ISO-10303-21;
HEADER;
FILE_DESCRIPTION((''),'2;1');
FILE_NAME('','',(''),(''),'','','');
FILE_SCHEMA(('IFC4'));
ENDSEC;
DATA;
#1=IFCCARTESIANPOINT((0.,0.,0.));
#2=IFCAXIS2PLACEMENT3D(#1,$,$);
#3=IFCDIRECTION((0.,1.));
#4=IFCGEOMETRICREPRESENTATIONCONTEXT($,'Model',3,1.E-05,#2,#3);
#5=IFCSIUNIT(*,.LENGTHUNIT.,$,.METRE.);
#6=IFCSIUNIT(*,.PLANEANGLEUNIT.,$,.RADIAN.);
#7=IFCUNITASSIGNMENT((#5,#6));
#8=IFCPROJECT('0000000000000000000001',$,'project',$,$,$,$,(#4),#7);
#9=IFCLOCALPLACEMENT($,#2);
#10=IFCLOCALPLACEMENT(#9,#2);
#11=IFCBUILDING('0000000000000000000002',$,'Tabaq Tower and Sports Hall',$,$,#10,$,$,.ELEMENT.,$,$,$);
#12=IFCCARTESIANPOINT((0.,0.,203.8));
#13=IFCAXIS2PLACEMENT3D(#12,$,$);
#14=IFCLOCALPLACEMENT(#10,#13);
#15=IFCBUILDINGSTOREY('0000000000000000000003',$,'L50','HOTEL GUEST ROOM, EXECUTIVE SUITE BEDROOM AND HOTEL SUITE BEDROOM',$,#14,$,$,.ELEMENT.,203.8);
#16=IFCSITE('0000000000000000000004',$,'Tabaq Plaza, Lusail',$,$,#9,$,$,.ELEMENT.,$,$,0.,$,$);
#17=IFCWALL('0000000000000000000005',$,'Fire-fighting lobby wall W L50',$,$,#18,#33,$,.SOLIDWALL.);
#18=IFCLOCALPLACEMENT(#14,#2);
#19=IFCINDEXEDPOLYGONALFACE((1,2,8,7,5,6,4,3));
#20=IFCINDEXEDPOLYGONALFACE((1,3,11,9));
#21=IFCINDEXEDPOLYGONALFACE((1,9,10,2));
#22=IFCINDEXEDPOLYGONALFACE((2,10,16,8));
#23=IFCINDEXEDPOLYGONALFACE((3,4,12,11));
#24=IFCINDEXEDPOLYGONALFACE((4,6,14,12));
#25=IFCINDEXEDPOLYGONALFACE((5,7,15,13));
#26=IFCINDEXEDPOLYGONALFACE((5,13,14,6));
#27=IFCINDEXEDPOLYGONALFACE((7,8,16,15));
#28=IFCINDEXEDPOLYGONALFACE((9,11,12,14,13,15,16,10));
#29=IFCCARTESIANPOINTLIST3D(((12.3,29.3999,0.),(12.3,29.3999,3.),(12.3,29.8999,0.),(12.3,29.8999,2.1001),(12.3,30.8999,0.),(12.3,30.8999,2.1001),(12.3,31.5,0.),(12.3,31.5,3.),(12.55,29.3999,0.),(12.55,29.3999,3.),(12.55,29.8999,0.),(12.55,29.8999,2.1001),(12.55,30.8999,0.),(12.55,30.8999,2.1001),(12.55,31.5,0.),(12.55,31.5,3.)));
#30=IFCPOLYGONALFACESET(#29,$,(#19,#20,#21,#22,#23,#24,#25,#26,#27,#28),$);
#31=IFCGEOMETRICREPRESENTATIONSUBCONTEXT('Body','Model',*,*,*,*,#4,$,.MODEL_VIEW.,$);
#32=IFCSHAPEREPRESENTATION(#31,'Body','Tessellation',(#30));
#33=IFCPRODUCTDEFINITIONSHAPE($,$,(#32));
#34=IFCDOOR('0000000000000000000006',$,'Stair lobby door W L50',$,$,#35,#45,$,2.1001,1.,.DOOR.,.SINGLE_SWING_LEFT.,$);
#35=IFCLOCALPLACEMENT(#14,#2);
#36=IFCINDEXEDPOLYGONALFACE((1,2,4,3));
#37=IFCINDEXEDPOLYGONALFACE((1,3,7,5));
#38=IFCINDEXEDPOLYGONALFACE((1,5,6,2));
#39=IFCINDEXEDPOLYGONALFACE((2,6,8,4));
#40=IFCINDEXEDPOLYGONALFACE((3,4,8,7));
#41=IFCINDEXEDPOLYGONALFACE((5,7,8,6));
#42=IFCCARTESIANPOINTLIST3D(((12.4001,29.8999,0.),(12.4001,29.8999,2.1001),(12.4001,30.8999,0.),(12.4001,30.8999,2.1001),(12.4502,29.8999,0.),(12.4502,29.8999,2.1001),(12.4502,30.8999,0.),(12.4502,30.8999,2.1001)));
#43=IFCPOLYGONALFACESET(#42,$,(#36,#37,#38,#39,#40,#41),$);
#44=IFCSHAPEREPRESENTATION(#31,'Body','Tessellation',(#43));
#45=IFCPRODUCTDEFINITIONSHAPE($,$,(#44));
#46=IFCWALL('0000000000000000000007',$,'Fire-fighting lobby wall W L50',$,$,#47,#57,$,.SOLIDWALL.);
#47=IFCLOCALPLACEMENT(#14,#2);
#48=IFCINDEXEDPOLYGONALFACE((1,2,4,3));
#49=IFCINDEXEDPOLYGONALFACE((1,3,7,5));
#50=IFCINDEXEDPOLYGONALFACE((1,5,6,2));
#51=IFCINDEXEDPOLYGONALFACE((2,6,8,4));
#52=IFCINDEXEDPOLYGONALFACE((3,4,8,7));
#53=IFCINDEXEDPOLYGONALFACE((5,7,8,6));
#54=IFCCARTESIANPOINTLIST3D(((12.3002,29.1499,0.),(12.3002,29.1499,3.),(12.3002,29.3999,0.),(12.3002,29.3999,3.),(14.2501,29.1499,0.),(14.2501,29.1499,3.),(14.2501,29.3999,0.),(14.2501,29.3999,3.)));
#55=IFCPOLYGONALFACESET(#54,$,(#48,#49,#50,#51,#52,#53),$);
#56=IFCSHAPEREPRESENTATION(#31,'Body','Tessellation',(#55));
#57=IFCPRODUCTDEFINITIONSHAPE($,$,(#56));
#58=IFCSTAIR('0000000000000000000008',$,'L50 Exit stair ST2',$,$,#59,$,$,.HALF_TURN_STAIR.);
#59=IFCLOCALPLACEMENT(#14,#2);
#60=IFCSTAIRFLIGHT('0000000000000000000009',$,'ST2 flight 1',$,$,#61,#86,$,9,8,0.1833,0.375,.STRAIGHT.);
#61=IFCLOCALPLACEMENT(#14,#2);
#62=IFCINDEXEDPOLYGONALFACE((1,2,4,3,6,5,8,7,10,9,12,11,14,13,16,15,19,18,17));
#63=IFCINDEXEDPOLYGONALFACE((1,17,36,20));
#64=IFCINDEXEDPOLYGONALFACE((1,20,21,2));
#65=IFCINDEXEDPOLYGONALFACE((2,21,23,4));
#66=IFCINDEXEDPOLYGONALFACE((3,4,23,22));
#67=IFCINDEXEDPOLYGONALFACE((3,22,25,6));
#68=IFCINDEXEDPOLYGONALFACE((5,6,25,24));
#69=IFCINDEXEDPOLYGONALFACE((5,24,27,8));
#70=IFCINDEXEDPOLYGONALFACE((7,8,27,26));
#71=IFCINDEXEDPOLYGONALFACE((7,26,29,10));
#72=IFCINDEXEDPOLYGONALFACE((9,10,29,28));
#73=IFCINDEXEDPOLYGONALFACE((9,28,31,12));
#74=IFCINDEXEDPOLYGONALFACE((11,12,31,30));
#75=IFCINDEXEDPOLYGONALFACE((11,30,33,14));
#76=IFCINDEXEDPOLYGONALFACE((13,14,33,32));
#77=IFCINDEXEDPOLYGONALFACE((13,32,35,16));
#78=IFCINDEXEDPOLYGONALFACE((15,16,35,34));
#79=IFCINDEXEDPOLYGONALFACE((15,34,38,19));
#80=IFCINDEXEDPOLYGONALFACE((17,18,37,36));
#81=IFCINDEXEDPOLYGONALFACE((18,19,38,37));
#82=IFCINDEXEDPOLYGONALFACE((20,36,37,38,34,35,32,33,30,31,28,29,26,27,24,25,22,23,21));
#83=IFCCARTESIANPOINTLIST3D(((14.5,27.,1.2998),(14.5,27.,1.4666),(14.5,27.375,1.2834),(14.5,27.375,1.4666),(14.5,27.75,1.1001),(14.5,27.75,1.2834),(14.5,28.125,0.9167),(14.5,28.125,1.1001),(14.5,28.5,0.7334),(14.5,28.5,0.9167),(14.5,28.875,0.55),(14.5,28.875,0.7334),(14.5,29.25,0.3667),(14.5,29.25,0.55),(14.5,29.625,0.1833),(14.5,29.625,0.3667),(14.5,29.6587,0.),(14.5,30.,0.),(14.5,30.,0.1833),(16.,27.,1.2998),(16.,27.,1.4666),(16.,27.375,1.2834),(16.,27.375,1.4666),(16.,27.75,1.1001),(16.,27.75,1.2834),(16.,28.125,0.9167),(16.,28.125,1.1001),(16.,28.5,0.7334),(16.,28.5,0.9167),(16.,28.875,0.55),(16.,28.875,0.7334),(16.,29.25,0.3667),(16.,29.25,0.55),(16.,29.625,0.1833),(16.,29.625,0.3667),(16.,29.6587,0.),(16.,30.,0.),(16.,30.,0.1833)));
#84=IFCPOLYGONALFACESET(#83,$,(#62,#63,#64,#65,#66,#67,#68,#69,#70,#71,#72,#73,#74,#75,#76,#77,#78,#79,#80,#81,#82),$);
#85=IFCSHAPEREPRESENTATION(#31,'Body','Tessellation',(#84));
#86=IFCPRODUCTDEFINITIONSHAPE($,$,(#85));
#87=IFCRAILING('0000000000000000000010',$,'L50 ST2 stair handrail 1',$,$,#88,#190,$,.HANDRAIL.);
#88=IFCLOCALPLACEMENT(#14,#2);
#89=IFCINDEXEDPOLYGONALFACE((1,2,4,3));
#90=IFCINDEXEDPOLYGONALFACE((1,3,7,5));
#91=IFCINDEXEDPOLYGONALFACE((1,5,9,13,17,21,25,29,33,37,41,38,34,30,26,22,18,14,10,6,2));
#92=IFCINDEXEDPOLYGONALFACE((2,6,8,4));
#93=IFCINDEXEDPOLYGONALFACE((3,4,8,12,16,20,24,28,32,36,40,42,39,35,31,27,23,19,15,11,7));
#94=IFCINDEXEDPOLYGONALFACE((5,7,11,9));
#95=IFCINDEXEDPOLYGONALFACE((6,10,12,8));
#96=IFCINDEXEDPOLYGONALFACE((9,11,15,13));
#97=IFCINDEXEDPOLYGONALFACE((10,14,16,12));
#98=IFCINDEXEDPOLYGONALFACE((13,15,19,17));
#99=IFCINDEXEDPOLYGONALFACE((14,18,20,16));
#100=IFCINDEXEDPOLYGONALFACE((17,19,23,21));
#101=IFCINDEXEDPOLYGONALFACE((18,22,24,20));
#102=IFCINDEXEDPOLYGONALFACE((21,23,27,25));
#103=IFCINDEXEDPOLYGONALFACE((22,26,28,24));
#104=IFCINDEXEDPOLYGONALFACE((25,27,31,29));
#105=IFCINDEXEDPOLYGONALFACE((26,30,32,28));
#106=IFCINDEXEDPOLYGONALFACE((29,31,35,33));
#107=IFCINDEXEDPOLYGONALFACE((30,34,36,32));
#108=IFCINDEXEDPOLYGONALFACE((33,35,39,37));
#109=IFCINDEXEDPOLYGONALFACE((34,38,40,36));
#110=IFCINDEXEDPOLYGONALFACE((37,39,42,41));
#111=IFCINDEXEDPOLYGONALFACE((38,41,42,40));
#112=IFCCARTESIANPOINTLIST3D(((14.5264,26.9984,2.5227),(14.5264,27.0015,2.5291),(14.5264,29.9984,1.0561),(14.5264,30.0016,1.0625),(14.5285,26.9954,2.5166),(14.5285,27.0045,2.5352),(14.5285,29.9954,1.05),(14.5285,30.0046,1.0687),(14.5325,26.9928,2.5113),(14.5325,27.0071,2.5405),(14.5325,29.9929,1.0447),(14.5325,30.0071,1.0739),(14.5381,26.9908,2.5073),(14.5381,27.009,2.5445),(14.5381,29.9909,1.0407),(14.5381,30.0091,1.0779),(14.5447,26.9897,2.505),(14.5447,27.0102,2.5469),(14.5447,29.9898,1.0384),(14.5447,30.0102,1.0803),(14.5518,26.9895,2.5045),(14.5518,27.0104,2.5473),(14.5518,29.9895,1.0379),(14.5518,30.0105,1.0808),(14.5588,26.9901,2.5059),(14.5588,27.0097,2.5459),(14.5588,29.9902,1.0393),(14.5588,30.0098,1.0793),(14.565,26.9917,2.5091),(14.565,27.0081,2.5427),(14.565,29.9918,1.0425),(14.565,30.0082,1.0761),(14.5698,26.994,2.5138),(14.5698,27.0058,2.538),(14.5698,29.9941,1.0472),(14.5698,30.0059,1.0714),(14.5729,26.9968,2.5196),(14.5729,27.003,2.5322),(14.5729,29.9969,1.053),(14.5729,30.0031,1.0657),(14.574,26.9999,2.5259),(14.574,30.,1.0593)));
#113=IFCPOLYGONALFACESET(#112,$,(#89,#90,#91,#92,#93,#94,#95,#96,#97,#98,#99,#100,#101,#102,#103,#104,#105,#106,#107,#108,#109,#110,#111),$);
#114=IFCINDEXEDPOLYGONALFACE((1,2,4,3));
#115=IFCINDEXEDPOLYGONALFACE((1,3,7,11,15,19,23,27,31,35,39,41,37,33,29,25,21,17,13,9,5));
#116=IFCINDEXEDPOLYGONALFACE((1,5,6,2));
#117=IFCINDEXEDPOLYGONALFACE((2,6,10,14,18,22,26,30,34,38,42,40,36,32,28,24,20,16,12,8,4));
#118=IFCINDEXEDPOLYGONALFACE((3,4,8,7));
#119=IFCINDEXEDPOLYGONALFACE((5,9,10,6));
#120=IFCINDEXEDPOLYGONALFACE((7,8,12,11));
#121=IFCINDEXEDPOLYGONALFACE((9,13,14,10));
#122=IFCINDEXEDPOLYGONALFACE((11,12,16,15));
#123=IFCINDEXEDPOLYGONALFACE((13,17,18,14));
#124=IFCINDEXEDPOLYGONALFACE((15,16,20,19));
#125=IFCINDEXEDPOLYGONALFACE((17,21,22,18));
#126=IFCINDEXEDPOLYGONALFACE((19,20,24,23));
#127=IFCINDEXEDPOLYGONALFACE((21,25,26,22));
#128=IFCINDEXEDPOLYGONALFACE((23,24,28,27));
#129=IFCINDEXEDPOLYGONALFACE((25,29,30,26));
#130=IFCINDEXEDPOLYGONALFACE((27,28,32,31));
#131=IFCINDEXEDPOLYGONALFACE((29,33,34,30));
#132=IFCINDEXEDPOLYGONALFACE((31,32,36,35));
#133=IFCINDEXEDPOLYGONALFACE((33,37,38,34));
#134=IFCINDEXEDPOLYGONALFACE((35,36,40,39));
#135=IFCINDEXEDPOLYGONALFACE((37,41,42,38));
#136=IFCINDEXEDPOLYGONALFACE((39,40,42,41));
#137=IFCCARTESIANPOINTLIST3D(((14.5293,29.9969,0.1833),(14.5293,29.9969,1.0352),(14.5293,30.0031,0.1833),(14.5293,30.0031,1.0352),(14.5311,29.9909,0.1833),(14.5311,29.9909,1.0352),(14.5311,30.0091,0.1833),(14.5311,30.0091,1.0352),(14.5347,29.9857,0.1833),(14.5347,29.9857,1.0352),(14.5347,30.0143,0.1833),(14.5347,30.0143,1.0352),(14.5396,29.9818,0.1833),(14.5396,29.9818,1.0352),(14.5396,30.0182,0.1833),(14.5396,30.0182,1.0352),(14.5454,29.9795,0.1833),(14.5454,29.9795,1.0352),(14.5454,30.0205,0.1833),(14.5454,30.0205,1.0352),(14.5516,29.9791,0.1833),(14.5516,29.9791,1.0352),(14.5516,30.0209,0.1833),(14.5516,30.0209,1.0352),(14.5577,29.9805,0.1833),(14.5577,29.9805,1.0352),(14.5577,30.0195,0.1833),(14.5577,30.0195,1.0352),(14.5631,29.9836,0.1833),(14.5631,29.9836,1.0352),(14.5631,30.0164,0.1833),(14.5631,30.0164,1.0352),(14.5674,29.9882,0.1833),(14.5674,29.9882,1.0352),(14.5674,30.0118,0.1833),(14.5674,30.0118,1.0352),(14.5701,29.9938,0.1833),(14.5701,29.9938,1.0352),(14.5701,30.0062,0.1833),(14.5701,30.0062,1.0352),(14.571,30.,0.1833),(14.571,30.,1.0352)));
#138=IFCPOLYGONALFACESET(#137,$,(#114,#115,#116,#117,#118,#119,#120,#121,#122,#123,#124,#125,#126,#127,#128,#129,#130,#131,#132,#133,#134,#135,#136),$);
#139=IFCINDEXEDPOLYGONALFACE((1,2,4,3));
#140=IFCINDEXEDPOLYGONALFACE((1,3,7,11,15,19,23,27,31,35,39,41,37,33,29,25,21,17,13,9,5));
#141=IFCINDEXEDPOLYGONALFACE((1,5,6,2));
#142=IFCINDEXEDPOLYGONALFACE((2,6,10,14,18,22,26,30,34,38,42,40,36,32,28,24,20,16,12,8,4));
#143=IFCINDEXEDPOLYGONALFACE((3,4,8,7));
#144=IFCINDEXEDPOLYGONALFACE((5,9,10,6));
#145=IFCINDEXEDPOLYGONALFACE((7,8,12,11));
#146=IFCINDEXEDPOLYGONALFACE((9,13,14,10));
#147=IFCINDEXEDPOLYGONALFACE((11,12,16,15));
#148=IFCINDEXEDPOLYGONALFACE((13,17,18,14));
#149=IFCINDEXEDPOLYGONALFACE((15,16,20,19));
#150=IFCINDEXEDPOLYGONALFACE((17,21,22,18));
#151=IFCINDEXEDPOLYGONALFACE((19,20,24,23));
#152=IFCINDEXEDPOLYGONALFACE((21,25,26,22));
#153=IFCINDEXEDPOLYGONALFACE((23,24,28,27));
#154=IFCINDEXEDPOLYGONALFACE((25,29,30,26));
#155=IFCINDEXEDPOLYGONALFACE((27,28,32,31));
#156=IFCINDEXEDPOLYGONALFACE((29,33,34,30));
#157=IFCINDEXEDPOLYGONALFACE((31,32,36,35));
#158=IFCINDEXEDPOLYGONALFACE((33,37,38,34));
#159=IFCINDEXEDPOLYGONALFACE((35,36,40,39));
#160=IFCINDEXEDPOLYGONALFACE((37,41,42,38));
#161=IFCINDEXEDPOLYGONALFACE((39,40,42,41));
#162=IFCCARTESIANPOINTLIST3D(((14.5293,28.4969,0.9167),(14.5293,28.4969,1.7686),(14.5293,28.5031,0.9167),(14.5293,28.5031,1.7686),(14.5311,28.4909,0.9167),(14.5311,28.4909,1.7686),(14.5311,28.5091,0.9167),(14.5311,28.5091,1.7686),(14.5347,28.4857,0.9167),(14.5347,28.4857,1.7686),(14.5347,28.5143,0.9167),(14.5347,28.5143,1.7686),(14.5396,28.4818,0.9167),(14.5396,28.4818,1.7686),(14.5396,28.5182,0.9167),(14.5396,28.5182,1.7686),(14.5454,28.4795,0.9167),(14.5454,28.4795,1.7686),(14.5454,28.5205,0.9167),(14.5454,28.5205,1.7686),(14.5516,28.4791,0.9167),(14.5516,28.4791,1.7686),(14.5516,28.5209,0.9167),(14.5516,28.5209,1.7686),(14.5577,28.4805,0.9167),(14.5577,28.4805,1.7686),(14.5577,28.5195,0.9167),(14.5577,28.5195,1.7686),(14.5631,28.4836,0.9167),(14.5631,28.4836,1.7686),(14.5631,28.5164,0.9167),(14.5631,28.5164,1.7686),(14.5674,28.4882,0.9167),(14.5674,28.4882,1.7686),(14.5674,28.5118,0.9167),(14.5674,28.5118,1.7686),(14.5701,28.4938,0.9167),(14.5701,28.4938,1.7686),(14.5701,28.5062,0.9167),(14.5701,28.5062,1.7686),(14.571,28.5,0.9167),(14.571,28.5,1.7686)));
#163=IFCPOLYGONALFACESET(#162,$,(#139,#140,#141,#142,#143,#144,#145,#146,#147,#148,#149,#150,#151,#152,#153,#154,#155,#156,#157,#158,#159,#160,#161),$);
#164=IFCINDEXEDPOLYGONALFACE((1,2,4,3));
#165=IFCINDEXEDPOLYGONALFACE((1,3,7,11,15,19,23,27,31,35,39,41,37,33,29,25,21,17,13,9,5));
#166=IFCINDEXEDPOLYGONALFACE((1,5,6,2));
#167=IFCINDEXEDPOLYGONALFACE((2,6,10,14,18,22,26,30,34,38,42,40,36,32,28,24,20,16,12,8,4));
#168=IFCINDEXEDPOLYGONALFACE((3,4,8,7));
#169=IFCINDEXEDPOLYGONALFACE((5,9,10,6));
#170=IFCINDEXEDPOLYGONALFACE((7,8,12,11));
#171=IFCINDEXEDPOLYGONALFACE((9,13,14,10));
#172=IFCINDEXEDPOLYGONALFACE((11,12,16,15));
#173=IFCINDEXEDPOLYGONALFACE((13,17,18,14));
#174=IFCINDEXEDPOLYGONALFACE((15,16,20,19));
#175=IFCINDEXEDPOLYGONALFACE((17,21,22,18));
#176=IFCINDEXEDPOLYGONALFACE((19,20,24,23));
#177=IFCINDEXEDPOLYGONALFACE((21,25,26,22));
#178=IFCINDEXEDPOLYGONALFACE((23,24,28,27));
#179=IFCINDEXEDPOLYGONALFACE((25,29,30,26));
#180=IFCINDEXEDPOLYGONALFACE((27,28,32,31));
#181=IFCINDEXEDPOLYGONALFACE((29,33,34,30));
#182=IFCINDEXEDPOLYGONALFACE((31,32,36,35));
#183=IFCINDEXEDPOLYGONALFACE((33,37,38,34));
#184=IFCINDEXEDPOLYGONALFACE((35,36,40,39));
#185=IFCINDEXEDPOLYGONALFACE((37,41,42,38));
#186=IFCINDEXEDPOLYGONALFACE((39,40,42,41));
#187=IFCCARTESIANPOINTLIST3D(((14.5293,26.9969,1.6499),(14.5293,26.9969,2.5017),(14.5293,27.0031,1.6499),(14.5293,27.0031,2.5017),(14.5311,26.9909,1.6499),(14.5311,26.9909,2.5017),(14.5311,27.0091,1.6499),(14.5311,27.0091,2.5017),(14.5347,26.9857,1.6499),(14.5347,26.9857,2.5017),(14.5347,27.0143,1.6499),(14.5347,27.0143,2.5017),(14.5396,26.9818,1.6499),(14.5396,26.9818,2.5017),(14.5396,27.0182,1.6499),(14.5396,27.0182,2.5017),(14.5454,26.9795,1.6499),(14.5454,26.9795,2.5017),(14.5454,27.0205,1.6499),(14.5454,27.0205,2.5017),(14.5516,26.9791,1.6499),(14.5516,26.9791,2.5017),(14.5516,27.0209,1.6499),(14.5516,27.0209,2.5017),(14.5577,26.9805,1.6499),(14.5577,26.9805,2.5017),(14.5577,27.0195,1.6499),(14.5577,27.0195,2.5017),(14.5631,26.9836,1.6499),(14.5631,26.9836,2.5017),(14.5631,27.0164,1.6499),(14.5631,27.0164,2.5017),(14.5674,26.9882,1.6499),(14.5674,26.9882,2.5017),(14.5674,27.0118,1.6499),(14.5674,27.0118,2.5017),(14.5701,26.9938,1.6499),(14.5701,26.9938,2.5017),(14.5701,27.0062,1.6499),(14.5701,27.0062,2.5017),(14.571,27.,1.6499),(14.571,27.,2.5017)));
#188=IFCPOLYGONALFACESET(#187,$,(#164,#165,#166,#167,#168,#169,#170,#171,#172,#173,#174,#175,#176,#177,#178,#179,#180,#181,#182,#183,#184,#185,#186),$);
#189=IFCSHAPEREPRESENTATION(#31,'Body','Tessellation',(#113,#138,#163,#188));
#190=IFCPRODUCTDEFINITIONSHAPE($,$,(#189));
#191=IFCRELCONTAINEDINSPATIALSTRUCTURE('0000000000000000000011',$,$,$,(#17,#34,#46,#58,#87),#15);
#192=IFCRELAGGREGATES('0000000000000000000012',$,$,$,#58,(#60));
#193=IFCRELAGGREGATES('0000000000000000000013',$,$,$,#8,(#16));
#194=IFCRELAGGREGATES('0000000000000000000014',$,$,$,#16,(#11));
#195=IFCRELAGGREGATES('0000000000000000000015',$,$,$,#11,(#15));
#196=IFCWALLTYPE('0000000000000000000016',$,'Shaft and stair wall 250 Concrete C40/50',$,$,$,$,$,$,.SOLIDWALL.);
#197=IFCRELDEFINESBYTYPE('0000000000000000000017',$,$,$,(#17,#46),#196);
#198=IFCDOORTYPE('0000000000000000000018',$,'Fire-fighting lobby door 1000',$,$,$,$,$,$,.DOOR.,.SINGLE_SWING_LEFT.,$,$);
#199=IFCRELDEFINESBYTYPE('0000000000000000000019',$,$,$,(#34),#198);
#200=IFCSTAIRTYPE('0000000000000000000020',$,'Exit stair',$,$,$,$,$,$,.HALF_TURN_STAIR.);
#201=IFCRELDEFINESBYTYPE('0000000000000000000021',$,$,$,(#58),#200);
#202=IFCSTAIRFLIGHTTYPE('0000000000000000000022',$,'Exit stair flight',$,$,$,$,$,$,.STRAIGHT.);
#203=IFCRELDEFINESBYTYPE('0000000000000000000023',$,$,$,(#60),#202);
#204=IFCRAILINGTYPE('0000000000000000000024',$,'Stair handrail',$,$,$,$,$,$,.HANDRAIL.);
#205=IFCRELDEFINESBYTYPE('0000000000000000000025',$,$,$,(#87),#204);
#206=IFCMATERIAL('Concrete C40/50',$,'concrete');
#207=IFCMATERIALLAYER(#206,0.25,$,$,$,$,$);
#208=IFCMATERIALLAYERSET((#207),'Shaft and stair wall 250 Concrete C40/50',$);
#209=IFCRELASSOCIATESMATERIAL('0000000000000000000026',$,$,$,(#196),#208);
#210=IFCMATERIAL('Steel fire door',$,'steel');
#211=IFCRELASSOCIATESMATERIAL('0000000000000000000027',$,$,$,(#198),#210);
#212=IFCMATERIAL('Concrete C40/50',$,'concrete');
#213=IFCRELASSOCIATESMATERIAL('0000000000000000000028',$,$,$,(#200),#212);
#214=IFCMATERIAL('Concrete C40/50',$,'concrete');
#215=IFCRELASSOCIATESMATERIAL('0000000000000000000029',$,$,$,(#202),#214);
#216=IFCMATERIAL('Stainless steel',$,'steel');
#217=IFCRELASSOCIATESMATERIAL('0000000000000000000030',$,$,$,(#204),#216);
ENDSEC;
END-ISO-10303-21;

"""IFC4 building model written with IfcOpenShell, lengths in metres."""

from ifc_helpers import new_model, si_unit, direction, frame, frame_2d, origin, origin_2d, place, context, subcontext, project, spatial, polyline, rectangle, circle, outline, extrude, material, layer, layer_set, type_object, element, fill, aggregate, save


model = new_model("IFC4")

# Units and contexts
model_context = context("Model", 3, precision=1e-05, world=origin(), true_north=direction((0.0, 1.0)))
body_context = subcontext(model_context, "Body", "Model", "MODEL_VIEW")
ifc_project = project(units=[si_unit("LENGTHUNIT", "METRE"), si_unit("PLANEANGLEUNIT", "RADIAN")], contexts=[model_context])

# Site, building, storey
site_placement = place(None, origin())
site = spatial("IfcSite", under=ifc_project, at=site_placement, Name="Tabaq Plaza, Lusail", CompositionType="ELEMENT", RefElevation=0.0)
building_placement = place(site_placement, origin())
building = spatial("IfcBuilding", under=site, at=building_placement, Name="Tabaq Tower and Sports Hall", CompositionType="ELEMENT")
storey_placement = place(building_placement, frame((0.0, 0.0, 203.8)))
storey = spatial("IfcBuildingStorey", under=building, at=storey_placement, Name="L50", Description="HOTEL GUEST ROOM, EXECUTIVE SUITE BEDROOM AND HOTEL SUITE BEDROOM", CompositionType="ELEMENT", Elevation=203.8)

# Shared definitions
ifc_material_1 = material(Name="Concrete C40/50", Category="concrete")
ifc_layer_1 = layer(ifc_material_1, 0.25)
ifc_layer_set_1 = layer_set([ifc_layer_1], Name="Shaft and stair wall 250 Concrete C40/50")
wall_type_1 = type_object("IfcWallType", Name="Shaft and stair wall 250 Concrete C40/50", PredefinedType="SOLIDWALL", material=ifc_layer_set_1)

# Wall, opening, door
wall_1_placement = place(storey_placement, frame((12.425, 29.3999, 0.0), z_axis=(0.0, 0.0, 1.0), x_axis=(0.0, 1.0, 0.0)))
wall_1 = element("IfcWall", 1, at=wall_1_placement, inside=storey, type_object=wall_type_1, Name="Fire-fighting lobby wall W L50", PredefinedType="SOLIDWALL", context=body_context, shape_type="SweptSolid", body=[
    extrude(rectangle(XDim=2.1001, YDim=0.25, at=frame_2d((1.05, 0.0))), origin(), (0.0, 0.0, 1.0), 3.0),
])
opening_1_placement = place(wall_1_placement, frame((0.5, 0.0, 0.0)))
opening_1 = element("IfcOpeningElement", 2, at=opening_1_placement, cuts=wall_1, PredefinedType="OPENING", context=body_context, shape_type="SweptSolid", body=[
    extrude(rectangle(XDim=1.0, YDim=2.1001, at=frame_2d((0.5, 1.05))), frame((0.0, 0.125, 0.0), z_axis=(0.0, -1.0, 0.0), x_axis=(1.0, 0.0, 0.0)), (0.0, 0.0, 1.0), 0.25),
])
ifc_material_2 = material(Name="Steel fire door", Category="steel")
door_type_1 = type_object("IfcDoorType", Name="Fire-fighting lobby door 1000", OperationType="SINGLE_SWING_LEFT", PredefinedType="DOOR", material=ifc_material_2)
door_1_placement = place(opening_1_placement, origin())
door_1 = element("IfcDoor", 3, at=door_1_placement, inside=storey, type_object=door_type_1, Name="Stair lobby door W L50", OperationType="SINGLE_SWING_LEFT", OverallHeight=2.1001, OverallWidth=1.0, PredefinedType="DOOR", context=body_context, shape_type="SweptSolid", body=[
    extrude(rectangle(XDim=1.0, YDim=2.1001, at=frame_2d((0.5, 1.05))), frame((0.0, 0.0249, 0.0), z_axis=(0.0, -1.0, 0.0), x_axis=(1.0, 0.0, 0.0)), (0.0, 0.0, 1.0), 0.05),
])
fill(opening_1, door_1)

# Wall
wall_2_placement = place(storey_placement, frame((12.3, 29.2749, 0.0), z_axis=(0.0, 0.0, 1.0), x_axis=(1.0, 0.0, 0.0)))
element("IfcWall", 4, at=wall_2_placement, inside=storey, type_object=wall_type_1, Name="Fire-fighting lobby wall W L50", PredefinedType="SOLIDWALL", context=body_context, shape_type="SweptSolid", body=[
    extrude(rectangle(XDim=1.95, YDim=0.25, at=frame_2d((0.9751, 0.0))), origin(), (0.0, 0.0, 1.0), 3.0),
])

# Stair, stair flight
ifc_material_3 = material(Name="Concrete C40/50", Category="concrete")
stair_type = type_object("IfcStairType", Name="Exit stair", PredefinedType="HALF_TURN_STAIR", material=ifc_material_3)
stair_placement = place(storey_placement, origin())
stair = element("IfcStair", 5, at=stair_placement, inside=storey, type_object=stair_type, Name="L50 Exit stair ST2", PredefinedType="HALF_TURN_STAIR")
ifc_material_4 = material(Name="Concrete C40/50", Category="concrete")
stair_flight_type = type_object("IfcStairFlightType", Name="Exit stair flight", PredefinedType="STRAIGHT", material=ifc_material_4)
stair_flight_placement = place(storey_placement, frame((15.25, 30.0, 0.0), z_axis=(0.0, 0.0, 1.0), x_axis=(0.0, -1.0, 0.0)))
stair_flight = element("IfcStairFlight", 6, at=stair_flight_placement, type_object=stair_flight_type, Name="ST2 flight 1", NumberOfRisers=9, NumberOfTreads=8, PredefinedType="STRAIGHT", RiserHeight=0.1833, TreadLength=0.375, context=body_context, shape_type="SweptSolid", body=[
    extrude(outline(polyline([(0.0, 0.0), (0.0, 0.1833), (0.375, 0.1833), (0.375, 0.3667), (0.75, 0.3667), (0.75, 0.55), (1.125, 0.55), (1.125, 0.7334), (1.5, 0.7334), (1.5, 0.9167), (1.875, 0.9167), (1.875, 1.1001), (2.25, 1.1001), (2.25, 1.2834), (2.625, 1.2834), (2.625, 1.4666), (3.0, 1.4666), (3.0, 1.6499), (3.0, 1.2998), (0.3413, 0.0), (0.0, 0.0)])), frame((0.0, 0.75, 0.0), z_axis=(0.0, -1.0, 0.0), x_axis=(1.0, 0.0, 0.0)), (0.0, 0.0, 1.0), 1.5),
])
aggregate(stair, [stair_flight])

# Railing
ifc_material_5 = material(Name="Stainless steel", Category="steel")
railing_type_1 = type_object("IfcRailingType", Name="Stair handrail", PredefinedType="HANDRAIL", material=ifc_material_5)
railing_1_placement = place(storey_placement, frame((14.55, 30.0, 0.1833)))
element("IfcRailing", 7, at=railing_1_placement, inside=storey, type_object=railing_type_1, Name="L50 ST2 stair handrail 1", PredefinedType="HANDRAIL", context=body_context, shape_type="SweptSolid", body=[
    extrude(circle(Radius=0.0239, at=origin_2d()), frame((0.0, 0.0, 0.876), z_axis=(0.0, -0.898398, 0.439183), x_axis=(1.0, 0.0, 0.0)), (0.0, 0.0, 1.0), 3.3394),
    extrude(circle(Radius=0.021, at=origin_2d()), origin(), (0.0, 0.0, 1.0), 0.8518),
    extrude(circle(Radius=0.021, at=origin_2d()), frame((0.0, -1.5, 0.7334)), (0.0, 0.0, 1.0), 0.8518),
    extrude(circle(Radius=0.021, at=origin_2d()), frame((0.0, -3.0, 1.4666)), (0.0, 0.0, 1.0), 0.8518),
])

save(model, "model.ifc")
